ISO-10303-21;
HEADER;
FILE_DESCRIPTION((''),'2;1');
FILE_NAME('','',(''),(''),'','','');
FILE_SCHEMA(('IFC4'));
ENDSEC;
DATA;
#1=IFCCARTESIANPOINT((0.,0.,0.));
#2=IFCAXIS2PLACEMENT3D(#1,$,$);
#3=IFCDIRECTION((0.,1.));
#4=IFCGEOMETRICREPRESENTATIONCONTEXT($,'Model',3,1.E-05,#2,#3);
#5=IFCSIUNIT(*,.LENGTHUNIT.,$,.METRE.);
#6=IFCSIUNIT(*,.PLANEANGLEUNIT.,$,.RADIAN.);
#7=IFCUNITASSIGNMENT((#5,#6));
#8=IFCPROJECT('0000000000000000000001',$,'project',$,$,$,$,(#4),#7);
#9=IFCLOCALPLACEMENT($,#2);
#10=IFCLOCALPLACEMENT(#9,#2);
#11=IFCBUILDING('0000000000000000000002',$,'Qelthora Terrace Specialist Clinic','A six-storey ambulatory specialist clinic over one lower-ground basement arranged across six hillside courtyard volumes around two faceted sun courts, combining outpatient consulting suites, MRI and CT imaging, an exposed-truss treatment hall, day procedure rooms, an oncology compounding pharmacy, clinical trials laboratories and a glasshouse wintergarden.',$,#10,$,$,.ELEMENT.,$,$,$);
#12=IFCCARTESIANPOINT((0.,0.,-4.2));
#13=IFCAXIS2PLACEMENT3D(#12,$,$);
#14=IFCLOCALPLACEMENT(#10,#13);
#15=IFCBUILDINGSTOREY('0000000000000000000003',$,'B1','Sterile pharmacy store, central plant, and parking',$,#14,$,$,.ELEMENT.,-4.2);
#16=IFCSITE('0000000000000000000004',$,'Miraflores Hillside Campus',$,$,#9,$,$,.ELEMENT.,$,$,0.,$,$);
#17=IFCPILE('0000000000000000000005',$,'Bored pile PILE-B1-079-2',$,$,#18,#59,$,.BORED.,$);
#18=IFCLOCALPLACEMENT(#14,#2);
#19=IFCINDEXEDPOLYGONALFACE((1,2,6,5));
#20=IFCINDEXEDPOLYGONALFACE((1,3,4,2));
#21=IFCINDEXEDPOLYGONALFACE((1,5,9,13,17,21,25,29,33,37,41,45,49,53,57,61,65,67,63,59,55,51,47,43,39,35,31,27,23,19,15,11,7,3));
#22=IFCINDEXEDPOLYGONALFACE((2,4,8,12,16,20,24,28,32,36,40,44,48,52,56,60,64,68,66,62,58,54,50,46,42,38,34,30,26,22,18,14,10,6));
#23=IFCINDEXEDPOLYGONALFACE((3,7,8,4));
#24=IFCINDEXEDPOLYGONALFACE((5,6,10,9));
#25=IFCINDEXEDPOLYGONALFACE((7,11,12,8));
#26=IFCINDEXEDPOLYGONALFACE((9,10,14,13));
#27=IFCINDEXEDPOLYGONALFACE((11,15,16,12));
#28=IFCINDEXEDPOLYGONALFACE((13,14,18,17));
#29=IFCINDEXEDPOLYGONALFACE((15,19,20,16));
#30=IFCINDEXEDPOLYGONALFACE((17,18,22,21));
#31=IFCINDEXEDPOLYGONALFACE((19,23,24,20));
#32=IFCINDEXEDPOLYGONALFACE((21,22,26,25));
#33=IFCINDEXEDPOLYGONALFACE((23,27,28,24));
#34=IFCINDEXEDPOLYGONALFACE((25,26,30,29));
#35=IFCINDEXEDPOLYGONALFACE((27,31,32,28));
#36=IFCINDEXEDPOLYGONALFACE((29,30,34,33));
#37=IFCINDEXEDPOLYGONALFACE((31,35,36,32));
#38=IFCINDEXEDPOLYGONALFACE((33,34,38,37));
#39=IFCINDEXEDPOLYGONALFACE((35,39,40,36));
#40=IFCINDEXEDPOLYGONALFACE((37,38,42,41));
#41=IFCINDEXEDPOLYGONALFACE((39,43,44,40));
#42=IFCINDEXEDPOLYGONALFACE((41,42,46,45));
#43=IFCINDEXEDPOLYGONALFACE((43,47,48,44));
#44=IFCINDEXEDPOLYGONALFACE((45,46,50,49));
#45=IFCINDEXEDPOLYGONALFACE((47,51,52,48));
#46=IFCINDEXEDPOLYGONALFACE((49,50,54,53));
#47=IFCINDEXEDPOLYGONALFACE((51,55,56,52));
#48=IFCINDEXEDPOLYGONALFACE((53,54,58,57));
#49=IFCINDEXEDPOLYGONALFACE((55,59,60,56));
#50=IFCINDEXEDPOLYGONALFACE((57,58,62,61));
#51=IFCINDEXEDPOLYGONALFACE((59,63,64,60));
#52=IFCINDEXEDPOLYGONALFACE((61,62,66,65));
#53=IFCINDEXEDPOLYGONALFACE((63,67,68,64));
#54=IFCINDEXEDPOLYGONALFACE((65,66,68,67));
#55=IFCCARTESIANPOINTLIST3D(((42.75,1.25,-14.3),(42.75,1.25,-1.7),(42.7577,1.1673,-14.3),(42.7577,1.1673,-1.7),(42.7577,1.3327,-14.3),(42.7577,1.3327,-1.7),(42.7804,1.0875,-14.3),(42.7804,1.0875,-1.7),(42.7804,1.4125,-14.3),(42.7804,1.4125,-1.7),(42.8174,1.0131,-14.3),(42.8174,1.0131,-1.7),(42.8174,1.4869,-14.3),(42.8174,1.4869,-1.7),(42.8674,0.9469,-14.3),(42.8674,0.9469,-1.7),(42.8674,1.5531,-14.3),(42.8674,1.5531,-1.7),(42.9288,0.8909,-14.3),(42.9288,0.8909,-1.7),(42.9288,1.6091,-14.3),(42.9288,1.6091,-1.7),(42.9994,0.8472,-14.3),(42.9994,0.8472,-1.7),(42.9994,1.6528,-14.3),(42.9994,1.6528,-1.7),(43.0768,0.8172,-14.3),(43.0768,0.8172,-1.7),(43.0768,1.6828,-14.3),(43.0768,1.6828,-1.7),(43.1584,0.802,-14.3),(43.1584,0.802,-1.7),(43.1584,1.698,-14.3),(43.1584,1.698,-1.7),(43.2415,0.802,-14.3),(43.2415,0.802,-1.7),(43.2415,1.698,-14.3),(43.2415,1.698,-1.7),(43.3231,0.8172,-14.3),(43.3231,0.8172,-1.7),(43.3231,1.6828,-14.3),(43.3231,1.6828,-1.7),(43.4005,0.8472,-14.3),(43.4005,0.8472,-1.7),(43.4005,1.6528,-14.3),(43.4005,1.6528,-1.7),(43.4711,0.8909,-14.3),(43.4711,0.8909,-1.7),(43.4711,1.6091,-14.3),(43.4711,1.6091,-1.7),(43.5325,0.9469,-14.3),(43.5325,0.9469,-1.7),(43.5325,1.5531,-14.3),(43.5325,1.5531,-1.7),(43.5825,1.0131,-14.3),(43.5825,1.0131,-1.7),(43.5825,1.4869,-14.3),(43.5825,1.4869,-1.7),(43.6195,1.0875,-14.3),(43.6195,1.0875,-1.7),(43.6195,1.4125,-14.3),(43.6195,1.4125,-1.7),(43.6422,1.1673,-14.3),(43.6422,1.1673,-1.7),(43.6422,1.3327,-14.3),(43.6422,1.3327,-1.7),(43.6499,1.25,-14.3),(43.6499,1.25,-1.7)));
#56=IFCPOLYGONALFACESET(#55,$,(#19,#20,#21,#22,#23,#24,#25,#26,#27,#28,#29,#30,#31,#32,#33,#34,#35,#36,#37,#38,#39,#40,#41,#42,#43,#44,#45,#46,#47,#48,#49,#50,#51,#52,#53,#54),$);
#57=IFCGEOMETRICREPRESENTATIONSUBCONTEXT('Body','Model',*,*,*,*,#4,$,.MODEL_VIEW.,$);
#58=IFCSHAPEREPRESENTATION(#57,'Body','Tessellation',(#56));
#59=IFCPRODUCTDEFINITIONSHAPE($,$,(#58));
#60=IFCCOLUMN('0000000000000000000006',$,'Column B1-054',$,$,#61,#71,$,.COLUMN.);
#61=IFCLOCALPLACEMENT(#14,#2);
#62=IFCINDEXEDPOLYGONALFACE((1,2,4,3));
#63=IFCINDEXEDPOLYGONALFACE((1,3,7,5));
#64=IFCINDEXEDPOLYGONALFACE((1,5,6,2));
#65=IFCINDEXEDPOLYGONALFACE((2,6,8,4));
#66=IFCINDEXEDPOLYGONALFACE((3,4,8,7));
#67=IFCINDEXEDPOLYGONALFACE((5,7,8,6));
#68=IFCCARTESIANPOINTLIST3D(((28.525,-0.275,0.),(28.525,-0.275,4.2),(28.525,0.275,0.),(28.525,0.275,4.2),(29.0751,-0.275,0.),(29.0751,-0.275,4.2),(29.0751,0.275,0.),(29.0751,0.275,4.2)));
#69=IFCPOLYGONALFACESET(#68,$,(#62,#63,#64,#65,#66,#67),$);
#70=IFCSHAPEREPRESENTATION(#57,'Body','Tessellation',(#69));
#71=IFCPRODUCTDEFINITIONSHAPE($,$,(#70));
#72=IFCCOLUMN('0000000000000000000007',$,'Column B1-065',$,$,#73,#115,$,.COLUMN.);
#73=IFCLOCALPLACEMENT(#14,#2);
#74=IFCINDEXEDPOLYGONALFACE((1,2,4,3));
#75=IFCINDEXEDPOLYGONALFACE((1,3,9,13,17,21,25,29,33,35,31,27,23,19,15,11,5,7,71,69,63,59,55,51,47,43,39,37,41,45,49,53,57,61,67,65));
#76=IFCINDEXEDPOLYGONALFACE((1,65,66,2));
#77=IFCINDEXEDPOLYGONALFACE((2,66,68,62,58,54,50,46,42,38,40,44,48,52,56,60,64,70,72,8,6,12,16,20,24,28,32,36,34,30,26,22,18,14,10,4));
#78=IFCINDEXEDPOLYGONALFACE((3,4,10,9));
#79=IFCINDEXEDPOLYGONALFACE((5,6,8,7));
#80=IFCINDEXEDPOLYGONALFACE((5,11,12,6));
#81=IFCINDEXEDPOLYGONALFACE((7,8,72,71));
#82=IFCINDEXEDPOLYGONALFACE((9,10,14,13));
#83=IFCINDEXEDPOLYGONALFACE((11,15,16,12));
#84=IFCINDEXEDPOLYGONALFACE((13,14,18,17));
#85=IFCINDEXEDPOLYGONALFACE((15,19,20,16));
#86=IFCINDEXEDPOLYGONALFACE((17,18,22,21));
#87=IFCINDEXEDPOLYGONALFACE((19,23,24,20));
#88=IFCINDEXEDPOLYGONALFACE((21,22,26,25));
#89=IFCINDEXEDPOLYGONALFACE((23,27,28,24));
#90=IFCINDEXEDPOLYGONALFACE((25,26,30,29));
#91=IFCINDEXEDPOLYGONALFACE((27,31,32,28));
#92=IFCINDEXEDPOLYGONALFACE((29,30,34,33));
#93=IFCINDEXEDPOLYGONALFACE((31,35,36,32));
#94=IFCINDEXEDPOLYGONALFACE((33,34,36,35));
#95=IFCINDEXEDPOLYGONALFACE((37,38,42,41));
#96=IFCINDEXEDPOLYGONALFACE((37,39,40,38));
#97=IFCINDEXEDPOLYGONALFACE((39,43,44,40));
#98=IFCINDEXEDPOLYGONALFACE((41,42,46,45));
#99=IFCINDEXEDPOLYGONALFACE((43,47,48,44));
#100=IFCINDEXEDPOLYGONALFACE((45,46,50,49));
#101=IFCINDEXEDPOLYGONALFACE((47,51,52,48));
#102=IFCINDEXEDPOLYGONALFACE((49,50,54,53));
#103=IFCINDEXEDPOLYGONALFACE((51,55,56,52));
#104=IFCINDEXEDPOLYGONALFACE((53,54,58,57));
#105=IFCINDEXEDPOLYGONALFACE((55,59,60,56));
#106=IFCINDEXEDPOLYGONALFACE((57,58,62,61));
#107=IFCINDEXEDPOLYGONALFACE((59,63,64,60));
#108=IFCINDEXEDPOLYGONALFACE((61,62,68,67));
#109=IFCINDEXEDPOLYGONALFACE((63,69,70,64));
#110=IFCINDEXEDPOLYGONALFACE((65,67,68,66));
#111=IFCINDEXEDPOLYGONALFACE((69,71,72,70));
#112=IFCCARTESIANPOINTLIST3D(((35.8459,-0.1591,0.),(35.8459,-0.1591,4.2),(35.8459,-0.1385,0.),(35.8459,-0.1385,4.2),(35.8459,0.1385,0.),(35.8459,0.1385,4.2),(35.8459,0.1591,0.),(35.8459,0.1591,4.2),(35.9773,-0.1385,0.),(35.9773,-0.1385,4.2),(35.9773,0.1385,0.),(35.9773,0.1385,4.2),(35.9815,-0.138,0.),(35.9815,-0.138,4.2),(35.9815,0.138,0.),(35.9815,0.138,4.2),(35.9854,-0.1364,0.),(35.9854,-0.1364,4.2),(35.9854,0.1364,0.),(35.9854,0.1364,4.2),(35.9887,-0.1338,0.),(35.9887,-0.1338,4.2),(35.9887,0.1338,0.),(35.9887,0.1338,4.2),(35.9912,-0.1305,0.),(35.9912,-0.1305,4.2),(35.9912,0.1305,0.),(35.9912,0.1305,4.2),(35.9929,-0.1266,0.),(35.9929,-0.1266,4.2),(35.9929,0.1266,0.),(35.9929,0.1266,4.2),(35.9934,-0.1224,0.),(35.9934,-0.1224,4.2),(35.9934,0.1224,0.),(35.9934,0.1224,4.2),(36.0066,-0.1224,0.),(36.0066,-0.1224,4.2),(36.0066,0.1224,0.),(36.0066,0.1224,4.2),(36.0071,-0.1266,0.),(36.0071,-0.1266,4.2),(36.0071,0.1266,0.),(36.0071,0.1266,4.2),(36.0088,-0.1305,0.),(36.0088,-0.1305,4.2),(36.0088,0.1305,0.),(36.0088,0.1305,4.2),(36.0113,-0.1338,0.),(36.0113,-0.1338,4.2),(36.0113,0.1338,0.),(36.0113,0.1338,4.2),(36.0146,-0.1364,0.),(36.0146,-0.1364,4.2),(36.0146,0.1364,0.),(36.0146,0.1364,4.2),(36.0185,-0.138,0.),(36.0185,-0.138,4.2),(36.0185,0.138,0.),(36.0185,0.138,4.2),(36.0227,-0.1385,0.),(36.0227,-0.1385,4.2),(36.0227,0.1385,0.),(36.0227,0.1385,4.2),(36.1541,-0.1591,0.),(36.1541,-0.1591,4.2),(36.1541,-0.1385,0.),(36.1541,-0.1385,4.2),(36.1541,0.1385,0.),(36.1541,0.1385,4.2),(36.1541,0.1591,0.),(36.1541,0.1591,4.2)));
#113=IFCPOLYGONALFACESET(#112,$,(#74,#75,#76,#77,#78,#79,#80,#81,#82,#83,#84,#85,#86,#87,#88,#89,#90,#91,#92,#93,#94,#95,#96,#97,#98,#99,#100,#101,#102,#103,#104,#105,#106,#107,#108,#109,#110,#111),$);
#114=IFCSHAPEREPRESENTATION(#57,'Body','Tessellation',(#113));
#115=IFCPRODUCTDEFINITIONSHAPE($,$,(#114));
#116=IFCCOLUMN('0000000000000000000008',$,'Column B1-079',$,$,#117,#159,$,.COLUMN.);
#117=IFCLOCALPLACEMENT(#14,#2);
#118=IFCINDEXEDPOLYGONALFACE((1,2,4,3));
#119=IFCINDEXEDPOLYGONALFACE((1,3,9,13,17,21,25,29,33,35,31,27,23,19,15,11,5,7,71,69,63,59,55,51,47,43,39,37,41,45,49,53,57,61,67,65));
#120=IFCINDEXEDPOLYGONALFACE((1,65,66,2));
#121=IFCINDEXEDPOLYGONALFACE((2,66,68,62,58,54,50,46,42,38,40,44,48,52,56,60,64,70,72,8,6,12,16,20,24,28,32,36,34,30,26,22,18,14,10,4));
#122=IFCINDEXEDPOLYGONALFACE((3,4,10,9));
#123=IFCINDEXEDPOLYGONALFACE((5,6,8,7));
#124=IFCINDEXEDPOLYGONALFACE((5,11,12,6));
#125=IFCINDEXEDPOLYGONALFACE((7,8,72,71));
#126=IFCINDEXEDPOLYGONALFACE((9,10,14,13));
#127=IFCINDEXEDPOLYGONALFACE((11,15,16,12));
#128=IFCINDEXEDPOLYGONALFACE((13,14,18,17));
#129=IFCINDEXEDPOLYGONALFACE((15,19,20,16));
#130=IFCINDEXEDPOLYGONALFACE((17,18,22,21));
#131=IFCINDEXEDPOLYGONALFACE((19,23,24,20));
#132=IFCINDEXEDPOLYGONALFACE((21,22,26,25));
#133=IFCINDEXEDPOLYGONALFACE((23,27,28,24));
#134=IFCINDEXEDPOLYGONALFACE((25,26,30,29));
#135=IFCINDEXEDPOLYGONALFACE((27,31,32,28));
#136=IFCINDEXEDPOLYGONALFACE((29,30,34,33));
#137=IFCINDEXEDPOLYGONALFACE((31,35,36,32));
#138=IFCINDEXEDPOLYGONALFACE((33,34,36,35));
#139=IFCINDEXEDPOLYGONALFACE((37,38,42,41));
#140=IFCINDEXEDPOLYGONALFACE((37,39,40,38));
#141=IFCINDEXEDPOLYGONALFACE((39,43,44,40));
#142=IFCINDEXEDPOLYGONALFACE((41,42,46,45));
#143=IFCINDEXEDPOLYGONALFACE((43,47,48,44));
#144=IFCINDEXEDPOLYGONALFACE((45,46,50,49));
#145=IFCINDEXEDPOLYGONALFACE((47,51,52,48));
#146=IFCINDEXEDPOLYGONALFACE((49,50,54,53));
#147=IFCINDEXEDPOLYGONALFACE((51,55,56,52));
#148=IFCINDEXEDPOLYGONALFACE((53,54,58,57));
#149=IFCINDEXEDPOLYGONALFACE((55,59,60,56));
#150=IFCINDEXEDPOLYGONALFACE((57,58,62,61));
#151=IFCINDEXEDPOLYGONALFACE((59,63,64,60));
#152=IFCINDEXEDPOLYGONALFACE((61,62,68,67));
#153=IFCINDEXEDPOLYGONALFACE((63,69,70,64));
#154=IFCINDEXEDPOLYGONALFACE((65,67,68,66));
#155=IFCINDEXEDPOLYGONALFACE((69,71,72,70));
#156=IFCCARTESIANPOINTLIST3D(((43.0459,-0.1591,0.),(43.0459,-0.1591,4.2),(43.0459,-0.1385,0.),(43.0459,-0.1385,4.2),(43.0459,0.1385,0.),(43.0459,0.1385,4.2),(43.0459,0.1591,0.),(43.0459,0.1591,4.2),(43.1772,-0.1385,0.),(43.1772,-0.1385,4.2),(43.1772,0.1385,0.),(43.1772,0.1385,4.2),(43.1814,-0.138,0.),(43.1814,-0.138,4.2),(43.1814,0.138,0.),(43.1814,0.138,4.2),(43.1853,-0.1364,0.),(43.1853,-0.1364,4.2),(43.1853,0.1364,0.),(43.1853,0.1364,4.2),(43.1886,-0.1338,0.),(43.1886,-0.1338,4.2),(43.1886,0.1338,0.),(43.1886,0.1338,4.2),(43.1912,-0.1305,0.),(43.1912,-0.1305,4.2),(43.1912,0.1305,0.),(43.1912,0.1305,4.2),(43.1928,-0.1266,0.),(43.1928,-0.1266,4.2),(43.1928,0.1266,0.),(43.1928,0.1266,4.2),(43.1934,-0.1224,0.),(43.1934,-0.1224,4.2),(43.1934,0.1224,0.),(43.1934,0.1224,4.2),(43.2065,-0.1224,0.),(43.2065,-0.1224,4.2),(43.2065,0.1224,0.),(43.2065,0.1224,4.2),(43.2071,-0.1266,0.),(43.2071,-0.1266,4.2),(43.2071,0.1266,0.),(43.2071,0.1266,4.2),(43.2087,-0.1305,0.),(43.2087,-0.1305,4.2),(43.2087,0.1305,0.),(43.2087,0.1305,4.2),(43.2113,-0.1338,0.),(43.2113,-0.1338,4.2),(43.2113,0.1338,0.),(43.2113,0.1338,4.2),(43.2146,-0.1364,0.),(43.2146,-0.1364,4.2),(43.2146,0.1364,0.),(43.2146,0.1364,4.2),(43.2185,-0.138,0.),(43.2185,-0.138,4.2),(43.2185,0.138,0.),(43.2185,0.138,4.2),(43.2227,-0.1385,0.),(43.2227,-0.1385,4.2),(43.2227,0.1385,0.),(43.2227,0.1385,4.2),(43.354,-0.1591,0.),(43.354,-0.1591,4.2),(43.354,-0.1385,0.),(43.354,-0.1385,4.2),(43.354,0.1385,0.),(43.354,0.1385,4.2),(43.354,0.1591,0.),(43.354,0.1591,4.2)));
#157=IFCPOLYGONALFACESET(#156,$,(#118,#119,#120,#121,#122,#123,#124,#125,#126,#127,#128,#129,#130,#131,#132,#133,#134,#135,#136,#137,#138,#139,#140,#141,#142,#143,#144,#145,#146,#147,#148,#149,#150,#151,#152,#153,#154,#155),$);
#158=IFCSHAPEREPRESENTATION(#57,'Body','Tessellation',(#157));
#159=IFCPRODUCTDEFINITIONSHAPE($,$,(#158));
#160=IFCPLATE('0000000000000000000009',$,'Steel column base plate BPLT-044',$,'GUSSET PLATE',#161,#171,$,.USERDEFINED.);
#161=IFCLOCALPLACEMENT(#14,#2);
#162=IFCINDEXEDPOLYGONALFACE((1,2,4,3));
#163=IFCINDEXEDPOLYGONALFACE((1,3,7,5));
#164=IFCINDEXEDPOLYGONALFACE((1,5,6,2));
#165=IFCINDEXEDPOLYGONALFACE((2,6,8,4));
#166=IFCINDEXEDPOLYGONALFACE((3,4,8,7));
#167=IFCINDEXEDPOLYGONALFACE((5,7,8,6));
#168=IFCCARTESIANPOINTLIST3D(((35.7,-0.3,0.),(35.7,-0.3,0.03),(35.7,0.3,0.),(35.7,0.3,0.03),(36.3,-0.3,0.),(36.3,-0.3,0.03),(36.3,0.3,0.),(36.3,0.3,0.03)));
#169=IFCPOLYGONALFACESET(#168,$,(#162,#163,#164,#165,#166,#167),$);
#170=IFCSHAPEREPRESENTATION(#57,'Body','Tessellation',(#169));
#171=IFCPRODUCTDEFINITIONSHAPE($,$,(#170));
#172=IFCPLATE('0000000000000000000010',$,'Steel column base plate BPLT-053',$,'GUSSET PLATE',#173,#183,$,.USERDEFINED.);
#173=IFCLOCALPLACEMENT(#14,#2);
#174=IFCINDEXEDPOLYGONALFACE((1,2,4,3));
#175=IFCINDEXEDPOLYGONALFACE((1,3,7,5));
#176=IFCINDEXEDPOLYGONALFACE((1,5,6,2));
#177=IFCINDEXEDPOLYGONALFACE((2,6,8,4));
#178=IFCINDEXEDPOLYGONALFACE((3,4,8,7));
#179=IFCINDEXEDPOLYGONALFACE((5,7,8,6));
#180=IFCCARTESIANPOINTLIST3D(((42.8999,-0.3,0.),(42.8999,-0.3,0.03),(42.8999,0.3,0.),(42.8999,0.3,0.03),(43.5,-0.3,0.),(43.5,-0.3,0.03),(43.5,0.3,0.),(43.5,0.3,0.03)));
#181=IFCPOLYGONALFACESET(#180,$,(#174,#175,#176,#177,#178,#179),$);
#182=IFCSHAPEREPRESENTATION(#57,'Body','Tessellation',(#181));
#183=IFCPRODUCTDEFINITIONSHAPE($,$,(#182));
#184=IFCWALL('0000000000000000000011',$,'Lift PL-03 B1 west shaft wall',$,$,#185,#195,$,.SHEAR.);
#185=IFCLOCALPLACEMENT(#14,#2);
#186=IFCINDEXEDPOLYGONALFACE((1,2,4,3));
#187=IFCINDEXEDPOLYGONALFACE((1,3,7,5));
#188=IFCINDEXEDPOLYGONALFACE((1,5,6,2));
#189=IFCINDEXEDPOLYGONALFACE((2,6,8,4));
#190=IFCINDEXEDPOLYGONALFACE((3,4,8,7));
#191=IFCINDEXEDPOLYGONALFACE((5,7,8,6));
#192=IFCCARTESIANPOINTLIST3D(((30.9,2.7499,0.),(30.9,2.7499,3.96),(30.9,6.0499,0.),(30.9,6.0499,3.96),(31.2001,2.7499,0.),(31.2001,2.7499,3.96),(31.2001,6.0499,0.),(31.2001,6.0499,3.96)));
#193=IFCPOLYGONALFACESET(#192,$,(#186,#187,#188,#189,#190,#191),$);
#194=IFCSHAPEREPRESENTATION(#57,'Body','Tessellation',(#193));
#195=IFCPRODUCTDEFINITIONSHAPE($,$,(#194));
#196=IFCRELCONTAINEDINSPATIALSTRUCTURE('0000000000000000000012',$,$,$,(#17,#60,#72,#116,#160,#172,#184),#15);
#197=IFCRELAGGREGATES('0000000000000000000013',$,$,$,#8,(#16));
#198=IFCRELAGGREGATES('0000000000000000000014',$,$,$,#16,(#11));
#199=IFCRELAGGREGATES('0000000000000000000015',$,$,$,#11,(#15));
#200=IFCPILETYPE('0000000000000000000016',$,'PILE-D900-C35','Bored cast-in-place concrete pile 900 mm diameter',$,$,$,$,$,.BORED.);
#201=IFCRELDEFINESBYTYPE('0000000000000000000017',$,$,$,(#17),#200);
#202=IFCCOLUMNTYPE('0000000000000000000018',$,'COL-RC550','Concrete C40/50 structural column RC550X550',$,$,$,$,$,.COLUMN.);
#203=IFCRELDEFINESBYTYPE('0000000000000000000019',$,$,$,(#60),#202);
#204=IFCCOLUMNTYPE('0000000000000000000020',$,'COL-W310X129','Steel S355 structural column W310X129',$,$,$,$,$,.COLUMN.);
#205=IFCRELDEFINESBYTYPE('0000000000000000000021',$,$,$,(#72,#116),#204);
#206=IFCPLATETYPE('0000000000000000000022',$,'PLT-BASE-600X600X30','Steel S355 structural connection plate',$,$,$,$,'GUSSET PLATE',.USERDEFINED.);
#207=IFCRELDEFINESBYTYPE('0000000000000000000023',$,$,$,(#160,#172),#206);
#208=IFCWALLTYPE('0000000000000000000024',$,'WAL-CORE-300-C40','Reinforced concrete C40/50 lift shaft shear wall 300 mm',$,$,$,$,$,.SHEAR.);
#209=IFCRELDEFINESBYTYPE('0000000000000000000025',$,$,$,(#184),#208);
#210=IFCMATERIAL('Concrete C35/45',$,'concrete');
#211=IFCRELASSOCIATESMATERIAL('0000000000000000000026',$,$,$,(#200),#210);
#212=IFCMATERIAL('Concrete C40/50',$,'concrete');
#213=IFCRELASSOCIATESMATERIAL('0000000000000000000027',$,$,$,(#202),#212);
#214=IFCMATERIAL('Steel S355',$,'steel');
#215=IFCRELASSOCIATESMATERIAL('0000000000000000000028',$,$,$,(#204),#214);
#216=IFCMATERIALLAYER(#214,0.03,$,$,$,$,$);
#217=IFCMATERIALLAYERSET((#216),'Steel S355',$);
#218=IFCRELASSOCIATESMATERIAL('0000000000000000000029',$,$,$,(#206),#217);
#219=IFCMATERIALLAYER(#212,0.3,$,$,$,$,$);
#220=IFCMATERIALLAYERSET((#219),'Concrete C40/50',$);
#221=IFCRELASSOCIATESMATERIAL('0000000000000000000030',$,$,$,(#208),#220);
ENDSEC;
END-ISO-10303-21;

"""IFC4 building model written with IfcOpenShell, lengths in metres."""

from ifc_helpers import new_model, si_unit, direction, frame, frame_2d, origin, origin_2d, place, context, subcontext, project, spatial, rectangle, circle, i_section, extrude, material, layer, layer_set, material_profile, profile_set, type_object, element, save


model = new_model("IFC4")

# Units and contexts
model_context = context("Model", 3, precision=1e-05, world=origin(), true_north=direction((0.0, 1.0)))
body_context = subcontext(model_context, "Body", "Model", "MODEL_VIEW")
ifc_project = project(units=[si_unit("LENGTHUNIT", "METRE"), si_unit("PLANEANGLEUNIT", "RADIAN")], contexts=[model_context])

# Site, building, storey
site_placement = place(None, origin())
site = spatial("IfcSite", under=ifc_project, at=site_placement, Name="Miraflores Hillside Campus", CompositionType="ELEMENT", RefElevation=0.0)
building_placement = place(site_placement, origin())
building = spatial("IfcBuilding", under=site, at=building_placement, Name="Qelthora Terrace Specialist Clinic", Description="A six-storey ambulatory specialist clinic over one lower-ground basement arranged across six hillside courtyard volumes around two faceted sun courts, combining outpatient consulting suites, MRI and CT imaging, an exposed-truss treatment hall, day procedure rooms, an oncology compounding pharmacy, clinical trials laboratories and a glasshouse wintergarden.", CompositionType="ELEMENT")
storey_placement = place(building_placement, frame((0.0, 0.0, -4.2)))
storey = spatial("IfcBuildingStorey", under=building, at=storey_placement, Name="B1", Description="Sterile pharmacy store, central plant, and parking", CompositionType="ELEMENT", Elevation=-4.2)

# Shared definitions
ifc_material_1 = material(Name="Concrete C35/45", Category="concrete")

# Pile
ifc_material_profile_1 = material_profile(ifc_material_1, circle(Radius=0.45, at=origin_2d()), Name="PILE900")
ifc_profile_set_1 = profile_set([ifc_material_profile_1], Name="Concrete C35/45")
pile_type_1 = type_object("IfcPileType", Name="PILE-D900-C35", Description="Bored cast-in-place concrete pile 900 mm diameter", PredefinedType="BORED", material=ifc_profile_set_1)
for number, where, z_axis, x_axis, name in (
    (1, (43.2, 1.25, -1.7), (0.0, 0.0, -1.0), (1.0, 0.0, 0.0), "Bored pile PILE-B1-079-2"),
):
    element("IfcPile", number, at=place(storey_placement, frame(where, z_axis=z_axis, x_axis=x_axis)), inside=storey, type_object=pile_type_1, Name=name, PredefinedType="BORED", context=body_context, shape_type="SweptSolid", body=[
        extrude(circle(Radius=0.45, at=origin_2d()), origin(), (0.0, 0.0, 1.0), 12.6001),
    ])

# Columns
ifc_material_2 = material(Name="Concrete C40/50", Category="concrete")
ifc_material_profile_2 = material_profile(ifc_material_2, rectangle(XDim=0.55, YDim=0.55, at=origin_2d()), Name="RC550X550")
ifc_profile_set_2 = profile_set([ifc_material_profile_2], Name="Concrete C40/50")
column_type_1 = type_object("IfcColumnType", Name="COL-RC550", Description="Concrete C40/50 structural column RC550X550", PredefinedType="COLUMN", material=ifc_profile_set_2)
column_placement = place(storey_placement, frame((28.8, 0.0, 0.0), z_axis=(0.0, 0.0, 1.0), x_axis=(1.0, 0.0, 0.0)))
element("IfcColumn", 2, at=column_placement, inside=storey, type_object=column_type_1, Name="Column B1-054", PredefinedType="COLUMN", context=body_context, shape_type="SweptSolid", body=[
    extrude(rectangle(XDim=0.55, YDim=0.55, at=origin_2d()), origin(), (0.0, 0.0, 1.0), 4.2),
])
ifc_material_3 = material(Name="Steel S355", Category="steel")
ifc_material_profile_3 = material_profile(ifc_material_3, i_section(OverallWidth=0.3081, OverallDepth=0.3181, WebThickness=0.0132, FlangeThickness=0.0205, FilletRadius=0.0161, at=origin_2d()), Name="W310X129")
ifc_profile_set_3 = profile_set([ifc_material_profile_3], Name="Steel S355")
column_type_2 = type_object("IfcColumnType", Name="COL-W310X129", Description="Steel S355 structural column W310X129", PredefinedType="COLUMN", material=ifc_profile_set_3)
for number, where, z_axis, x_axis, name in (
    (3, (36.0, 0.0, 0.0), (0.0, 0.0, 1.0), (1.0, 0.0, 0.0), "Column B1-065"),
    (4, (43.2, 0.0, 0.0), (0.0, 0.0, 1.0), (1.0, 0.0, 0.0), "Column B1-079"),
):
    element("IfcColumn", number, at=place(storey_placement, frame(where, z_axis=z_axis, x_axis=x_axis)), inside=storey, type_object=column_type_2, Name=name, PredefinedType="COLUMN", context=body_context, shape_type="SweptSolid", body=[
        extrude(i_section(OverallWidth=0.3081, OverallDepth=0.3181, WebThickness=0.0132, FlangeThickness=0.0205, FilletRadius=0.0161, at=origin_2d()), origin(), (0.0, 0.0, 1.0), 4.2),
    ])

# Plates
ifc_layer_1 = layer(ifc_material_3, 0.03)
ifc_layer_set_1 = layer_set([ifc_layer_1], Name="Steel S355")
plate_type = type_object("IfcPlateType", Name="PLT-BASE-600X600X30", Description="Steel S355 structural connection plate", ElementType="GUSSET PLATE", PredefinedType="USERDEFINED", material=ifc_layer_set_1)
for number, where, z_axis, x_axis, name in (
    (5, (36.0, 0.0, 0.0), (0.0, 0.0, 1.0), (1.0, 0.0, 0.0), "Steel column base plate BPLT-044"),
    (6, (43.2, 0.0, 0.0), (0.0, 0.0, 1.0), (1.0, 0.0, 0.0), "Steel column base plate BPLT-053"),
):
    element("IfcPlate", number, at=place(storey_placement, frame(where, z_axis=z_axis, x_axis=x_axis)), inside=storey, type_object=plate_type, Name=name, ObjectType="GUSSET PLATE", PredefinedType="USERDEFINED", context=body_context, shape_type="SweptSolid", body=[
        extrude(rectangle(XDim=0.6001, YDim=0.6001, at=origin_2d()), origin(), (0.0, 0.0, 1.0), 0.03),
    ])

# Wall
ifc_layer_2 = layer(ifc_material_2, 0.3)
ifc_layer_set_2 = layer_set([ifc_layer_2], Name="Concrete C40/50")
wall_type_1 = type_object("IfcWallType", Name="WAL-CORE-300-C40", Description="Reinforced concrete C40/50 lift shaft shear wall 300 mm", PredefinedType="SHEAR", material=ifc_layer_set_2)
for number, where, z_axis, x_axis, name in (
    (7, (31.05, 2.75, 0.0), (0.0, 0.0, 1.0), (0.0, 1.0, 0.0), "Lift PL-03 B1 west shaft wall"),
):
    element("IfcWall", number, at=place(storey_placement, frame(where, z_axis=z_axis, x_axis=x_axis)), inside=storey, type_object=wall_type_1, Name=name, PredefinedType="SHEAR", context=body_context, shape_type="SweptSolid", body=[
        extrude(rectangle(XDim=3.3, YDim=0.3, at=frame_2d((1.6499, 0.0))), origin(), (0.0, 0.0, 1.0), 3.96),
    ])

save(model, "model.ifc")
